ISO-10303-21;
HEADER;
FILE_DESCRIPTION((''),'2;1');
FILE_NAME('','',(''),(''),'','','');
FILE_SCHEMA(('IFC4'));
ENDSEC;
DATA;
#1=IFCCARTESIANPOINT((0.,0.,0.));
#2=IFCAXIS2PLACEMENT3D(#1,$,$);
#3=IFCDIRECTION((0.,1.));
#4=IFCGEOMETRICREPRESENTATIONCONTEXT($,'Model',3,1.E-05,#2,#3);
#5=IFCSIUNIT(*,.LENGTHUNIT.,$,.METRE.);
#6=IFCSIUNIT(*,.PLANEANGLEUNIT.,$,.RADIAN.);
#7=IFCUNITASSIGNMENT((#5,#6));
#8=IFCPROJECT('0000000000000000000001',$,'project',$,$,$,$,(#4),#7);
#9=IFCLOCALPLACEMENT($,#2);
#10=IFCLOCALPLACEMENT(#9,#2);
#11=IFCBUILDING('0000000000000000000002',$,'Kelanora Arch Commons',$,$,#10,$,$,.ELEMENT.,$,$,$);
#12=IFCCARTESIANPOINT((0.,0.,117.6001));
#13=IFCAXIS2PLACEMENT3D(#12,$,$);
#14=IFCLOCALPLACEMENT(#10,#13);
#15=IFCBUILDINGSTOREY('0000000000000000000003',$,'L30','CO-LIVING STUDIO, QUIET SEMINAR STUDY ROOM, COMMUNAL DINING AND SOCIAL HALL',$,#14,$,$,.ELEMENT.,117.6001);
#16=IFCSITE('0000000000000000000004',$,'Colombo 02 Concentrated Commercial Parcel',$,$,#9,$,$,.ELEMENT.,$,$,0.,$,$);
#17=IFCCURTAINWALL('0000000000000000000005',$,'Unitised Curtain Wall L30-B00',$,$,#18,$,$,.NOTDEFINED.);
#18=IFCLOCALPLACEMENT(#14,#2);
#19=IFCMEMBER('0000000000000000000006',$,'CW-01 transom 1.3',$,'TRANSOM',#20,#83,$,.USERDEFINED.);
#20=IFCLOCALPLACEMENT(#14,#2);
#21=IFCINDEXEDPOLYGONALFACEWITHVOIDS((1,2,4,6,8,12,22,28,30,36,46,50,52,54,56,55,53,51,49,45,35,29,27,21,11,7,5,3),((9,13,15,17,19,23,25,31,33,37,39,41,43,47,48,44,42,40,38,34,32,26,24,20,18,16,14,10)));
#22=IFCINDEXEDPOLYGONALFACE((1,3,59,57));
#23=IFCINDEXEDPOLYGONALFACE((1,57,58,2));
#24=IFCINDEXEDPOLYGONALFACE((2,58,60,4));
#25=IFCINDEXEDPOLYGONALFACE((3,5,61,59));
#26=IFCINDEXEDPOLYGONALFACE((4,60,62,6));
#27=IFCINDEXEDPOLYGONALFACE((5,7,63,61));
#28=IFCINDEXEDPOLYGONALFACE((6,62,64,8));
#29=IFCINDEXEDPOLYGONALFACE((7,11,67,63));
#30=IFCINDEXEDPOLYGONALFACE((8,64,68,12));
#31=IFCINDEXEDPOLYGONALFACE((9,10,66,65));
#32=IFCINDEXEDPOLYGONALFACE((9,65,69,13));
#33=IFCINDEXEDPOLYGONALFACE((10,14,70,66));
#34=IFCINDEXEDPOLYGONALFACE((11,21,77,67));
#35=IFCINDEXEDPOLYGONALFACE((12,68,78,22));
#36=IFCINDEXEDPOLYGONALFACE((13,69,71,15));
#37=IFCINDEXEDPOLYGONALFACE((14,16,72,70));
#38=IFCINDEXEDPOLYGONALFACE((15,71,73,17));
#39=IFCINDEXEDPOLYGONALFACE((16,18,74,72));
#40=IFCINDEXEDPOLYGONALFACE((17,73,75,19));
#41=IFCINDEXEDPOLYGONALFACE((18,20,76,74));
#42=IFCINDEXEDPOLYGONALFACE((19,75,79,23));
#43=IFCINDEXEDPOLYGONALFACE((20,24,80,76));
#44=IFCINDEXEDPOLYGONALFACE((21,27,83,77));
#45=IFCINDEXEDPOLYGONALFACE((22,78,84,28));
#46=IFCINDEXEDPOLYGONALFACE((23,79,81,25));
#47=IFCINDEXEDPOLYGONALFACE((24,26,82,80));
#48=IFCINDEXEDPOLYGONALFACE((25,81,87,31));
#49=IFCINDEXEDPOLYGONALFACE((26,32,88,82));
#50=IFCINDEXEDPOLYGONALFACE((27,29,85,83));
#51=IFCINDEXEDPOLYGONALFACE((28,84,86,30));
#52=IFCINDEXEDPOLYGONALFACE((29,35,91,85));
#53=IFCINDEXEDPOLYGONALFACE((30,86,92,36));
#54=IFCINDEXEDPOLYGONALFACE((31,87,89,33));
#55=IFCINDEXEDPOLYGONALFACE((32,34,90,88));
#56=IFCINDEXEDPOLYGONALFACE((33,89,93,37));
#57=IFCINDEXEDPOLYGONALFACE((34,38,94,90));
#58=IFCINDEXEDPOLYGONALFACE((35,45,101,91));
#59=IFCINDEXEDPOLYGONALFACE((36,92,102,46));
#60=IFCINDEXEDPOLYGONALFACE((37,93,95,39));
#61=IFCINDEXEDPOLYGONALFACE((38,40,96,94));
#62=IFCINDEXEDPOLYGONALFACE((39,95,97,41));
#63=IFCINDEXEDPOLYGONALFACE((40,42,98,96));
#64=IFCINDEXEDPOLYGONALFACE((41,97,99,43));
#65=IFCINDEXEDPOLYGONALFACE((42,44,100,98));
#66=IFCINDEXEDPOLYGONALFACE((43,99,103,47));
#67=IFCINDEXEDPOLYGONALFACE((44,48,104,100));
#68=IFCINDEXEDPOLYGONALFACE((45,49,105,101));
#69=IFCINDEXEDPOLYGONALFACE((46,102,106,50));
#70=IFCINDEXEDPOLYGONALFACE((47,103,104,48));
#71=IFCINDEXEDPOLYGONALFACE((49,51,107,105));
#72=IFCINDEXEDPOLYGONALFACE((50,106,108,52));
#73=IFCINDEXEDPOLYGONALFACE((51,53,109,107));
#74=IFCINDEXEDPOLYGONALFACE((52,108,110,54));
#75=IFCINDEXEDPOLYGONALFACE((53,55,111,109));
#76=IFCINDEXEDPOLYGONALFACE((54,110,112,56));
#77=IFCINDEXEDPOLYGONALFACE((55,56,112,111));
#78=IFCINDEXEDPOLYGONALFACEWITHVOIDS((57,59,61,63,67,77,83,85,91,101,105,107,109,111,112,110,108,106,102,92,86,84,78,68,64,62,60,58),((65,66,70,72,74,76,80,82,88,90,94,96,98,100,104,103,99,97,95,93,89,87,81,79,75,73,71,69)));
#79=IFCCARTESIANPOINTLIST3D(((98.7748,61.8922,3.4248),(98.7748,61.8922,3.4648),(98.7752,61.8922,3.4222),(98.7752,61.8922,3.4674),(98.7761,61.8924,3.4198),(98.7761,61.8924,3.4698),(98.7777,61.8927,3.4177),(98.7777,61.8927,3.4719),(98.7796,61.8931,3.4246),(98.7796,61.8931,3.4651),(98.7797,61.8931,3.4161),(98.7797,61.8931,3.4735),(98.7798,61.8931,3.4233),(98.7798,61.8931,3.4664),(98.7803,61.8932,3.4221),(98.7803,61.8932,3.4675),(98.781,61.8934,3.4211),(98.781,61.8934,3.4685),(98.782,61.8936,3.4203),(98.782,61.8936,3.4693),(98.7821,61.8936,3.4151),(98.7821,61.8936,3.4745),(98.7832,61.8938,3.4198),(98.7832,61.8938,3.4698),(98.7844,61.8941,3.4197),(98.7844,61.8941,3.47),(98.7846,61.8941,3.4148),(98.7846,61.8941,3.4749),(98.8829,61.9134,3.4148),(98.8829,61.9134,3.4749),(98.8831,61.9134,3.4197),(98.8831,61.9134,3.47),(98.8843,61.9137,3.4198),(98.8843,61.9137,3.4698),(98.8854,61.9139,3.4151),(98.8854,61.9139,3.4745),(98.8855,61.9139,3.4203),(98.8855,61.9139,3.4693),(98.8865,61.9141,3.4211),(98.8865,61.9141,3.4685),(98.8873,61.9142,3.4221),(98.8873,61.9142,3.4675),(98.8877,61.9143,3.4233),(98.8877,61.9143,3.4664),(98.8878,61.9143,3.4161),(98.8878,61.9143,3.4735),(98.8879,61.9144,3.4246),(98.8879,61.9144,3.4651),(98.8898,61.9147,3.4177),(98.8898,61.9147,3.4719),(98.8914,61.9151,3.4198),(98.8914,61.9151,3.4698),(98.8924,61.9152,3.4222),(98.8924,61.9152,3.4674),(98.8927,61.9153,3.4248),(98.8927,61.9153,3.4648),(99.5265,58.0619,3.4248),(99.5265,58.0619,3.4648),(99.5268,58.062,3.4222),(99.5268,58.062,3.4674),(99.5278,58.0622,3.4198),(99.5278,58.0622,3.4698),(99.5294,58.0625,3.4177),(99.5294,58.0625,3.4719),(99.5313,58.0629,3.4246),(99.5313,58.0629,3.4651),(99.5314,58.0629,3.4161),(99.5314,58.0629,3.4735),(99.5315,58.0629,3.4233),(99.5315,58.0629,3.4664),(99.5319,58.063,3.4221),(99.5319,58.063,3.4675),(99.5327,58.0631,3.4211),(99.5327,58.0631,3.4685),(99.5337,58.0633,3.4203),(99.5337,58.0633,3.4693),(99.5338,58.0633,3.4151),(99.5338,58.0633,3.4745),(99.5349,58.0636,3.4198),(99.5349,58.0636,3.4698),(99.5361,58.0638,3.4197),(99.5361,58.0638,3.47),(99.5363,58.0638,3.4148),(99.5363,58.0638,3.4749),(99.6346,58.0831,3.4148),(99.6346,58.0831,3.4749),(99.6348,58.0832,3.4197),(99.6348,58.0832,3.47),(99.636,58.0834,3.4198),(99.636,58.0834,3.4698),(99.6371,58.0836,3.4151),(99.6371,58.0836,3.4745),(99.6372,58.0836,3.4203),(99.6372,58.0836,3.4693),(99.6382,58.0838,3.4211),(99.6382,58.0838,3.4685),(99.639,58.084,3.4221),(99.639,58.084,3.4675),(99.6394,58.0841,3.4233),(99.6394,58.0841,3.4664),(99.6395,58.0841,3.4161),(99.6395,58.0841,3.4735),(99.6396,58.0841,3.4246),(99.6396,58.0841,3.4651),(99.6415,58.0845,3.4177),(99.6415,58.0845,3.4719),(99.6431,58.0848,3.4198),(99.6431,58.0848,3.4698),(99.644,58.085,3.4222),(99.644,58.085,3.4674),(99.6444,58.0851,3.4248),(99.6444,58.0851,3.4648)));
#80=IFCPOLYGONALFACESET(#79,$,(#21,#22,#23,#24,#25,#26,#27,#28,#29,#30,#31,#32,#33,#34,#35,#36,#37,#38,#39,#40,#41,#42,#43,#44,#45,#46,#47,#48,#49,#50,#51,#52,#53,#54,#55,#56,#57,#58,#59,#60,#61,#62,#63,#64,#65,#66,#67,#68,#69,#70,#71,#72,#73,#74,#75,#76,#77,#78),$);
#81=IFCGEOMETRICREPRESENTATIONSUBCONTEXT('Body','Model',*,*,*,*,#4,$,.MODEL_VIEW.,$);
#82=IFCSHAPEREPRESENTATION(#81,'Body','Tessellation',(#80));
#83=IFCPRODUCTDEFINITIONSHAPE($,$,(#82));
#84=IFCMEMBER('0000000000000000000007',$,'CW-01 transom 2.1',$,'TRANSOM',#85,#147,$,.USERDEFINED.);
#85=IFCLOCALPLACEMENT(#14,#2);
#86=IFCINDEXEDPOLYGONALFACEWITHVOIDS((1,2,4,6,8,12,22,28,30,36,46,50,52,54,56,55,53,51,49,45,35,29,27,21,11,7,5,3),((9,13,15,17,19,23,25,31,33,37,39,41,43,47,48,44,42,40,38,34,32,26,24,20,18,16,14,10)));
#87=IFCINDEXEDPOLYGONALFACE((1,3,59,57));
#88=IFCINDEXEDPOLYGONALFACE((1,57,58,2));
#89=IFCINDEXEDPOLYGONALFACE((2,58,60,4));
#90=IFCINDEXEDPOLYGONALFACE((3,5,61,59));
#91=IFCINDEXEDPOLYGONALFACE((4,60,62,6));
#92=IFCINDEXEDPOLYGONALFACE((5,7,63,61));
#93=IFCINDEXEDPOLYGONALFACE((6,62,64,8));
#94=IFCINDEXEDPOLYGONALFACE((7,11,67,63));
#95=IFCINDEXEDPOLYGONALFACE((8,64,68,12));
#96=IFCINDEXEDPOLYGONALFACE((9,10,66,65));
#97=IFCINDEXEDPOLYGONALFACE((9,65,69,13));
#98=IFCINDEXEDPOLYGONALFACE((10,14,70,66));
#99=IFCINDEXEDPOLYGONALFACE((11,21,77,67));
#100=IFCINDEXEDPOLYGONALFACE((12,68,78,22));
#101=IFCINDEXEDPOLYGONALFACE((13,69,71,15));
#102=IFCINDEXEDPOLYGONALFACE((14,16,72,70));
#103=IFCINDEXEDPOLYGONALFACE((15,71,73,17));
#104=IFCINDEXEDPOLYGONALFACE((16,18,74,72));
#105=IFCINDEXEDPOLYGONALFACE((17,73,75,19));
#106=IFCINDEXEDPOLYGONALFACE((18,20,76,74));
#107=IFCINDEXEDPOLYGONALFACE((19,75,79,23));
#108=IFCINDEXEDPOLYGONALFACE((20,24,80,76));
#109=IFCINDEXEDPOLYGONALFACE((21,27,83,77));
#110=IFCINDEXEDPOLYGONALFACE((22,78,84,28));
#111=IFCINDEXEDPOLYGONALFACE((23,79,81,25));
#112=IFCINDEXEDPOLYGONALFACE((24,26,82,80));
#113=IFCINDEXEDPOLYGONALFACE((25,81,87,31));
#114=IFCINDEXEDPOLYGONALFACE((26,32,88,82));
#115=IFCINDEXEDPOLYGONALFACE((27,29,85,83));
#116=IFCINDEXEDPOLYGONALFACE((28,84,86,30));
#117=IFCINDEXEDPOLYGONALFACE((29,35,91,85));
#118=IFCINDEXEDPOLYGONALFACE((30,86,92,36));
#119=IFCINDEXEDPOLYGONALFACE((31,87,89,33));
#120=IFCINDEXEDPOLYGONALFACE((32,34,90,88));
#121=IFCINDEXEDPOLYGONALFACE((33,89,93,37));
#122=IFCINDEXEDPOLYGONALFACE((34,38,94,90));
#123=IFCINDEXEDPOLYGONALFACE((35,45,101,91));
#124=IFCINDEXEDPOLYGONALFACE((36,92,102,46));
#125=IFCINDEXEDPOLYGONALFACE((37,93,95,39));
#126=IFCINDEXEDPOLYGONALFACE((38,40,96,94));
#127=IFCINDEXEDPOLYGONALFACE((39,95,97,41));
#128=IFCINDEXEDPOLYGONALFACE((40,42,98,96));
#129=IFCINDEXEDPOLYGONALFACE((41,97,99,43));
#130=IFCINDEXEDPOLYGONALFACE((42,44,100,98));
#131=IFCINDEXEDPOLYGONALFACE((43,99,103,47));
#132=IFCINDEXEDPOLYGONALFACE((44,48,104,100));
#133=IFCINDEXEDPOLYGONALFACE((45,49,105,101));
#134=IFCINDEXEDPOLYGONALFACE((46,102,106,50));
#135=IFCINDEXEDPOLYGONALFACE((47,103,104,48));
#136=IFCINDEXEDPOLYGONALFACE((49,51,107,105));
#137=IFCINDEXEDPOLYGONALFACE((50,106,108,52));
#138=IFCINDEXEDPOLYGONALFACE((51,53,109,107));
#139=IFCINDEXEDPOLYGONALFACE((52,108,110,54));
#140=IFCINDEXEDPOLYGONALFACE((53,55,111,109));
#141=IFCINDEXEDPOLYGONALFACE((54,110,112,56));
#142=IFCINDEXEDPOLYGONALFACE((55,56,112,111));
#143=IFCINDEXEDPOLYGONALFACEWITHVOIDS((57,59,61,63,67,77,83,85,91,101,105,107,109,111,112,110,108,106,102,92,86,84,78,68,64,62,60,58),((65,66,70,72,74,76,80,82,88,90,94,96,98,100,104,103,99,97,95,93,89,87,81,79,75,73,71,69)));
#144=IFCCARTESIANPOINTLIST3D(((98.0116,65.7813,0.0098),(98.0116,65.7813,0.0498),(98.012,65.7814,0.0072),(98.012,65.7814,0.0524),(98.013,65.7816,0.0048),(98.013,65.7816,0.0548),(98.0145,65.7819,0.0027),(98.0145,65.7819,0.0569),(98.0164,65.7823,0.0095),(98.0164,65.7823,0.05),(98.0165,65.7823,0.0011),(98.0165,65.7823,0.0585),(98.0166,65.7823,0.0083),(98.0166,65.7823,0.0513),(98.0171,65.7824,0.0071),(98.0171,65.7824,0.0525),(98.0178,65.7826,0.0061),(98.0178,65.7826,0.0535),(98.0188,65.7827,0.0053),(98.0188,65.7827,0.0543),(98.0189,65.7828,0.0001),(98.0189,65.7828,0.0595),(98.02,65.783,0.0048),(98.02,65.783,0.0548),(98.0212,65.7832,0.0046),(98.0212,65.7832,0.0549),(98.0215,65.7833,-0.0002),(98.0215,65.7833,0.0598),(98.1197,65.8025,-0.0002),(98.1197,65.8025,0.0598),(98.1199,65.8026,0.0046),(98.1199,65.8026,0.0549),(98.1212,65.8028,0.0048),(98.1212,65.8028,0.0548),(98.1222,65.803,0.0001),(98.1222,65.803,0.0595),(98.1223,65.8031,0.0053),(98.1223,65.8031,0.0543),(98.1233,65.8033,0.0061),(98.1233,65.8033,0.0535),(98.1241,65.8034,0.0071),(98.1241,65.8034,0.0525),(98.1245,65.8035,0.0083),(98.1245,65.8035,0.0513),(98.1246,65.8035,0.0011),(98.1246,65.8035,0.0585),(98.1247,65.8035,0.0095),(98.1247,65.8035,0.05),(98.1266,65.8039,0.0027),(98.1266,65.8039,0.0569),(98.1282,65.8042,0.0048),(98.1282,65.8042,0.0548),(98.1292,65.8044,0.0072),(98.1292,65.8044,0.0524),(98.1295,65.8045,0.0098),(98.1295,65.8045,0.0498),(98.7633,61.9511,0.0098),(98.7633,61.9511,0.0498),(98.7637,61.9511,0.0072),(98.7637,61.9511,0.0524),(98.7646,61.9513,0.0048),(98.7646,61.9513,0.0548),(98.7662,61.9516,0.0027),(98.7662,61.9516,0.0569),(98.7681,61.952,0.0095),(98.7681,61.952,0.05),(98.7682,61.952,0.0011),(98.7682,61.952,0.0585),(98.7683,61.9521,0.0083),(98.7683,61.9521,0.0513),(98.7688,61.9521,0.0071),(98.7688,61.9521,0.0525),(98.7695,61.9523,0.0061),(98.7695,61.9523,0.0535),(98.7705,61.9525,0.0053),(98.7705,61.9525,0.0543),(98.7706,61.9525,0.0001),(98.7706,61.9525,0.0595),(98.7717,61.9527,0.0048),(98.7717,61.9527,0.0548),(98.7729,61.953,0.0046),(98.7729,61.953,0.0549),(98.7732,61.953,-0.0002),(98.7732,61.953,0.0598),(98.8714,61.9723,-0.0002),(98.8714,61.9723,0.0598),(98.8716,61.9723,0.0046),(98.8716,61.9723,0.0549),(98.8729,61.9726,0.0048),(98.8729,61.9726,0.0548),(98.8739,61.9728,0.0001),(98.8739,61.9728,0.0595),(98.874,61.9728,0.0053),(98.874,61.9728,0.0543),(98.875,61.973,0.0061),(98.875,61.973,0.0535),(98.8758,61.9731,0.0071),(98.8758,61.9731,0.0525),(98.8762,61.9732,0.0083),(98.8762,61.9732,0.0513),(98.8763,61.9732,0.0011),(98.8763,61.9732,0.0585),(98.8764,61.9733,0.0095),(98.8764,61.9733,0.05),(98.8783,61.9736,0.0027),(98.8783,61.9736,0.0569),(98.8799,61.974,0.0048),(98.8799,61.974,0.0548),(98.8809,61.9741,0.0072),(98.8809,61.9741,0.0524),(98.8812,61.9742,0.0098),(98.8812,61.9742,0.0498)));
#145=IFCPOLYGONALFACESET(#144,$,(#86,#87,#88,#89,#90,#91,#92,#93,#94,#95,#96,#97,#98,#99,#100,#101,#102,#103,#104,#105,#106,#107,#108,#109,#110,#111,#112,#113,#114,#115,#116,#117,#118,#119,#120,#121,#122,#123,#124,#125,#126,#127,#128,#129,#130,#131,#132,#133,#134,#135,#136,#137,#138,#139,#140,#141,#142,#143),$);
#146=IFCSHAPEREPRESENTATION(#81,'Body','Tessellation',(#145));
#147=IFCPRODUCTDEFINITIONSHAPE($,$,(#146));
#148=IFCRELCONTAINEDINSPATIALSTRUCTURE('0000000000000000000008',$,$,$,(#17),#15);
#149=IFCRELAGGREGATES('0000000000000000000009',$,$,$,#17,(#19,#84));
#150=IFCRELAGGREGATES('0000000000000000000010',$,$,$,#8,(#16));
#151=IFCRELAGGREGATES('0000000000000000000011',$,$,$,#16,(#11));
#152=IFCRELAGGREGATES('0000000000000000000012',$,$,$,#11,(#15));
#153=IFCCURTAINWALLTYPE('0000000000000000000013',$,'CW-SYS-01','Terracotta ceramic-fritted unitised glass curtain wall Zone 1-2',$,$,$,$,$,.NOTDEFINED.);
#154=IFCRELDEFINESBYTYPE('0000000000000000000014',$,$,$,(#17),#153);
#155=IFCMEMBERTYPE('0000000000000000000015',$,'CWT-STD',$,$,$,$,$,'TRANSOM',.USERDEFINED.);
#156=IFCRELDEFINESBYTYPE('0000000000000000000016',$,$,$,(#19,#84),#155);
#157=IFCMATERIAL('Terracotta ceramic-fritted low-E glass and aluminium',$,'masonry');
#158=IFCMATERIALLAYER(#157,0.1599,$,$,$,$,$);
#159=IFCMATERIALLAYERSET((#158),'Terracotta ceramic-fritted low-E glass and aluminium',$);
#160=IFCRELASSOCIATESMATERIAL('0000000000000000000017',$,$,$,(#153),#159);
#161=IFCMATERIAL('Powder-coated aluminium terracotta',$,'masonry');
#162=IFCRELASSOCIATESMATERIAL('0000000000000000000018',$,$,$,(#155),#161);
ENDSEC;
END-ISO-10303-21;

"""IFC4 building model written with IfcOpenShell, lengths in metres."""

from ifc_helpers import new_model, si_unit, direction, frame, origin, origin_2d, place, context, subcontext, project, spatial, hollow_rectangle, extrude, material, layer, layer_set, material_profile, profile_set, type_object, element, aggregate, save


model = new_model("IFC4")

# Units and contexts
model_context = context("Model", 3, precision=1e-05, world=origin(), true_north=direction((0.0, 1.0)))
body_context = subcontext(model_context, "Body", "Model", "MODEL_VIEW")
ifc_project = project(units=[si_unit("LENGTHUNIT", "METRE"), si_unit("PLANEANGLEUNIT", "RADIAN")], contexts=[model_context])

# Site, building, storey
site_placement = place(None, origin())
site = spatial("IfcSite", under=ifc_project, at=site_placement, Name="Colombo 02 Concentrated Commercial Parcel", CompositionType="ELEMENT", RefElevation=0.0)
building_placement = place(site_placement, origin())
building = spatial("IfcBuilding", under=site, at=building_placement, Name="Kelanora Arch Commons", CompositionType="ELEMENT")
storey_placement = place(building_placement, frame((0.0, 0.0, 117.6001)))
storey = spatial("IfcBuildingStorey", under=building, at=storey_placement, Name="L30", Description="CO-LIVING STUDIO, QUIET SEMINAR STUDY ROOM, COMMUNAL DINING AND SOCIAL HALL", CompositionType="ELEMENT", Elevation=117.6001)

# Curtain wall, members
ifc_material_1 = material(Name="Terracotta ceramic-fritted low-E glass and aluminium", Category="masonry")
ifc_layer_1 = layer(ifc_material_1, 0.1599)
ifc_layer_set_1 = layer_set([ifc_layer_1], Name="Terracotta ceramic-fritted low-E glass and aluminium")
curtain_wall_type = type_object("IfcCurtainWallType", Name="CW-SYS-01", Description="Terracotta ceramic-fritted unitised glass curtain wall Zone 1-2", PredefinedType="NOTDEFINED", material=ifc_layer_set_1)
curtain_wall_placement = place(storey_placement, origin())
curtain_wall = element("IfcCurtainWall", 1, at=curtain_wall_placement, inside=storey, type_object=curtain_wall_type, Name="Unitised Curtain Wall L30-B00", PredefinedType="NOTDEFINED")
ifc_material_2 = material(Name="Powder-coated aluminium terracotta", Category="masonry")
ifc_material_profile_1 = material_profile(ifc_material_2, hollow_rectangle(XDim=0.1201, YDim=0.0601, WallThickness=0.0049, InnerFilletRadius=0.0049, OuterFilletRadius=0.01, at=origin_2d()), Name="CWT120x60")
ifc_profile_set_1 = profile_set([ifc_material_profile_1], Name="Powder-coated aluminium terracotta")
member_type_1 = type_object("IfcMemberType", Name="CWT-STD", ElementType="TRANSOM", PredefinedType="USERDEFINED", material=ifc_profile_set_1)
member_1_placement = place(storey_placement, frame((99.5854, 58.0735, 3.4448), z_axis=(-0.192579, 0.981282, 0.0), x_axis=(-0.981282, -0.192579, 0.0)))
member_1 = element("IfcMember", 2, at=member_1_placement, type_object=member_type_1, Name="CW-01 transom 1.3", ObjectType="TRANSOM", PredefinedType="USERDEFINED", context=body_context, shape_type="SweptSolid", body=[
    extrude(hollow_rectangle(XDim=0.1201, YDim=0.0601, WallThickness=0.0049, InnerFilletRadius=0.0049, OuterFilletRadius=0.01, at=origin_2d()), origin(), (0.0, 0.0, 1.0), 3.9033),
])
member_2_placement = place(storey_placement, frame((98.8223, 61.9626, 0.0298), z_axis=(-0.192579, 0.981282, 0.0), x_axis=(-0.981282, -0.192579, 0.0)))
member_2 = element("IfcMember", 3, at=member_2_placement, type_object=member_type_1, Name="CW-01 transom 2.1", ObjectType="TRANSOM", PredefinedType="USERDEFINED", context=body_context, shape_type="SweptSolid", body=[
    extrude(hollow_rectangle(XDim=0.1201, YDim=0.0601, WallThickness=0.0049, InnerFilletRadius=0.0049, OuterFilletRadius=0.01, at=origin_2d()), origin(), (0.0, 0.0, 1.0), 3.9033),
])
aggregate(curtain_wall, [member_1, member_2])

save(model, "model.ifc")
